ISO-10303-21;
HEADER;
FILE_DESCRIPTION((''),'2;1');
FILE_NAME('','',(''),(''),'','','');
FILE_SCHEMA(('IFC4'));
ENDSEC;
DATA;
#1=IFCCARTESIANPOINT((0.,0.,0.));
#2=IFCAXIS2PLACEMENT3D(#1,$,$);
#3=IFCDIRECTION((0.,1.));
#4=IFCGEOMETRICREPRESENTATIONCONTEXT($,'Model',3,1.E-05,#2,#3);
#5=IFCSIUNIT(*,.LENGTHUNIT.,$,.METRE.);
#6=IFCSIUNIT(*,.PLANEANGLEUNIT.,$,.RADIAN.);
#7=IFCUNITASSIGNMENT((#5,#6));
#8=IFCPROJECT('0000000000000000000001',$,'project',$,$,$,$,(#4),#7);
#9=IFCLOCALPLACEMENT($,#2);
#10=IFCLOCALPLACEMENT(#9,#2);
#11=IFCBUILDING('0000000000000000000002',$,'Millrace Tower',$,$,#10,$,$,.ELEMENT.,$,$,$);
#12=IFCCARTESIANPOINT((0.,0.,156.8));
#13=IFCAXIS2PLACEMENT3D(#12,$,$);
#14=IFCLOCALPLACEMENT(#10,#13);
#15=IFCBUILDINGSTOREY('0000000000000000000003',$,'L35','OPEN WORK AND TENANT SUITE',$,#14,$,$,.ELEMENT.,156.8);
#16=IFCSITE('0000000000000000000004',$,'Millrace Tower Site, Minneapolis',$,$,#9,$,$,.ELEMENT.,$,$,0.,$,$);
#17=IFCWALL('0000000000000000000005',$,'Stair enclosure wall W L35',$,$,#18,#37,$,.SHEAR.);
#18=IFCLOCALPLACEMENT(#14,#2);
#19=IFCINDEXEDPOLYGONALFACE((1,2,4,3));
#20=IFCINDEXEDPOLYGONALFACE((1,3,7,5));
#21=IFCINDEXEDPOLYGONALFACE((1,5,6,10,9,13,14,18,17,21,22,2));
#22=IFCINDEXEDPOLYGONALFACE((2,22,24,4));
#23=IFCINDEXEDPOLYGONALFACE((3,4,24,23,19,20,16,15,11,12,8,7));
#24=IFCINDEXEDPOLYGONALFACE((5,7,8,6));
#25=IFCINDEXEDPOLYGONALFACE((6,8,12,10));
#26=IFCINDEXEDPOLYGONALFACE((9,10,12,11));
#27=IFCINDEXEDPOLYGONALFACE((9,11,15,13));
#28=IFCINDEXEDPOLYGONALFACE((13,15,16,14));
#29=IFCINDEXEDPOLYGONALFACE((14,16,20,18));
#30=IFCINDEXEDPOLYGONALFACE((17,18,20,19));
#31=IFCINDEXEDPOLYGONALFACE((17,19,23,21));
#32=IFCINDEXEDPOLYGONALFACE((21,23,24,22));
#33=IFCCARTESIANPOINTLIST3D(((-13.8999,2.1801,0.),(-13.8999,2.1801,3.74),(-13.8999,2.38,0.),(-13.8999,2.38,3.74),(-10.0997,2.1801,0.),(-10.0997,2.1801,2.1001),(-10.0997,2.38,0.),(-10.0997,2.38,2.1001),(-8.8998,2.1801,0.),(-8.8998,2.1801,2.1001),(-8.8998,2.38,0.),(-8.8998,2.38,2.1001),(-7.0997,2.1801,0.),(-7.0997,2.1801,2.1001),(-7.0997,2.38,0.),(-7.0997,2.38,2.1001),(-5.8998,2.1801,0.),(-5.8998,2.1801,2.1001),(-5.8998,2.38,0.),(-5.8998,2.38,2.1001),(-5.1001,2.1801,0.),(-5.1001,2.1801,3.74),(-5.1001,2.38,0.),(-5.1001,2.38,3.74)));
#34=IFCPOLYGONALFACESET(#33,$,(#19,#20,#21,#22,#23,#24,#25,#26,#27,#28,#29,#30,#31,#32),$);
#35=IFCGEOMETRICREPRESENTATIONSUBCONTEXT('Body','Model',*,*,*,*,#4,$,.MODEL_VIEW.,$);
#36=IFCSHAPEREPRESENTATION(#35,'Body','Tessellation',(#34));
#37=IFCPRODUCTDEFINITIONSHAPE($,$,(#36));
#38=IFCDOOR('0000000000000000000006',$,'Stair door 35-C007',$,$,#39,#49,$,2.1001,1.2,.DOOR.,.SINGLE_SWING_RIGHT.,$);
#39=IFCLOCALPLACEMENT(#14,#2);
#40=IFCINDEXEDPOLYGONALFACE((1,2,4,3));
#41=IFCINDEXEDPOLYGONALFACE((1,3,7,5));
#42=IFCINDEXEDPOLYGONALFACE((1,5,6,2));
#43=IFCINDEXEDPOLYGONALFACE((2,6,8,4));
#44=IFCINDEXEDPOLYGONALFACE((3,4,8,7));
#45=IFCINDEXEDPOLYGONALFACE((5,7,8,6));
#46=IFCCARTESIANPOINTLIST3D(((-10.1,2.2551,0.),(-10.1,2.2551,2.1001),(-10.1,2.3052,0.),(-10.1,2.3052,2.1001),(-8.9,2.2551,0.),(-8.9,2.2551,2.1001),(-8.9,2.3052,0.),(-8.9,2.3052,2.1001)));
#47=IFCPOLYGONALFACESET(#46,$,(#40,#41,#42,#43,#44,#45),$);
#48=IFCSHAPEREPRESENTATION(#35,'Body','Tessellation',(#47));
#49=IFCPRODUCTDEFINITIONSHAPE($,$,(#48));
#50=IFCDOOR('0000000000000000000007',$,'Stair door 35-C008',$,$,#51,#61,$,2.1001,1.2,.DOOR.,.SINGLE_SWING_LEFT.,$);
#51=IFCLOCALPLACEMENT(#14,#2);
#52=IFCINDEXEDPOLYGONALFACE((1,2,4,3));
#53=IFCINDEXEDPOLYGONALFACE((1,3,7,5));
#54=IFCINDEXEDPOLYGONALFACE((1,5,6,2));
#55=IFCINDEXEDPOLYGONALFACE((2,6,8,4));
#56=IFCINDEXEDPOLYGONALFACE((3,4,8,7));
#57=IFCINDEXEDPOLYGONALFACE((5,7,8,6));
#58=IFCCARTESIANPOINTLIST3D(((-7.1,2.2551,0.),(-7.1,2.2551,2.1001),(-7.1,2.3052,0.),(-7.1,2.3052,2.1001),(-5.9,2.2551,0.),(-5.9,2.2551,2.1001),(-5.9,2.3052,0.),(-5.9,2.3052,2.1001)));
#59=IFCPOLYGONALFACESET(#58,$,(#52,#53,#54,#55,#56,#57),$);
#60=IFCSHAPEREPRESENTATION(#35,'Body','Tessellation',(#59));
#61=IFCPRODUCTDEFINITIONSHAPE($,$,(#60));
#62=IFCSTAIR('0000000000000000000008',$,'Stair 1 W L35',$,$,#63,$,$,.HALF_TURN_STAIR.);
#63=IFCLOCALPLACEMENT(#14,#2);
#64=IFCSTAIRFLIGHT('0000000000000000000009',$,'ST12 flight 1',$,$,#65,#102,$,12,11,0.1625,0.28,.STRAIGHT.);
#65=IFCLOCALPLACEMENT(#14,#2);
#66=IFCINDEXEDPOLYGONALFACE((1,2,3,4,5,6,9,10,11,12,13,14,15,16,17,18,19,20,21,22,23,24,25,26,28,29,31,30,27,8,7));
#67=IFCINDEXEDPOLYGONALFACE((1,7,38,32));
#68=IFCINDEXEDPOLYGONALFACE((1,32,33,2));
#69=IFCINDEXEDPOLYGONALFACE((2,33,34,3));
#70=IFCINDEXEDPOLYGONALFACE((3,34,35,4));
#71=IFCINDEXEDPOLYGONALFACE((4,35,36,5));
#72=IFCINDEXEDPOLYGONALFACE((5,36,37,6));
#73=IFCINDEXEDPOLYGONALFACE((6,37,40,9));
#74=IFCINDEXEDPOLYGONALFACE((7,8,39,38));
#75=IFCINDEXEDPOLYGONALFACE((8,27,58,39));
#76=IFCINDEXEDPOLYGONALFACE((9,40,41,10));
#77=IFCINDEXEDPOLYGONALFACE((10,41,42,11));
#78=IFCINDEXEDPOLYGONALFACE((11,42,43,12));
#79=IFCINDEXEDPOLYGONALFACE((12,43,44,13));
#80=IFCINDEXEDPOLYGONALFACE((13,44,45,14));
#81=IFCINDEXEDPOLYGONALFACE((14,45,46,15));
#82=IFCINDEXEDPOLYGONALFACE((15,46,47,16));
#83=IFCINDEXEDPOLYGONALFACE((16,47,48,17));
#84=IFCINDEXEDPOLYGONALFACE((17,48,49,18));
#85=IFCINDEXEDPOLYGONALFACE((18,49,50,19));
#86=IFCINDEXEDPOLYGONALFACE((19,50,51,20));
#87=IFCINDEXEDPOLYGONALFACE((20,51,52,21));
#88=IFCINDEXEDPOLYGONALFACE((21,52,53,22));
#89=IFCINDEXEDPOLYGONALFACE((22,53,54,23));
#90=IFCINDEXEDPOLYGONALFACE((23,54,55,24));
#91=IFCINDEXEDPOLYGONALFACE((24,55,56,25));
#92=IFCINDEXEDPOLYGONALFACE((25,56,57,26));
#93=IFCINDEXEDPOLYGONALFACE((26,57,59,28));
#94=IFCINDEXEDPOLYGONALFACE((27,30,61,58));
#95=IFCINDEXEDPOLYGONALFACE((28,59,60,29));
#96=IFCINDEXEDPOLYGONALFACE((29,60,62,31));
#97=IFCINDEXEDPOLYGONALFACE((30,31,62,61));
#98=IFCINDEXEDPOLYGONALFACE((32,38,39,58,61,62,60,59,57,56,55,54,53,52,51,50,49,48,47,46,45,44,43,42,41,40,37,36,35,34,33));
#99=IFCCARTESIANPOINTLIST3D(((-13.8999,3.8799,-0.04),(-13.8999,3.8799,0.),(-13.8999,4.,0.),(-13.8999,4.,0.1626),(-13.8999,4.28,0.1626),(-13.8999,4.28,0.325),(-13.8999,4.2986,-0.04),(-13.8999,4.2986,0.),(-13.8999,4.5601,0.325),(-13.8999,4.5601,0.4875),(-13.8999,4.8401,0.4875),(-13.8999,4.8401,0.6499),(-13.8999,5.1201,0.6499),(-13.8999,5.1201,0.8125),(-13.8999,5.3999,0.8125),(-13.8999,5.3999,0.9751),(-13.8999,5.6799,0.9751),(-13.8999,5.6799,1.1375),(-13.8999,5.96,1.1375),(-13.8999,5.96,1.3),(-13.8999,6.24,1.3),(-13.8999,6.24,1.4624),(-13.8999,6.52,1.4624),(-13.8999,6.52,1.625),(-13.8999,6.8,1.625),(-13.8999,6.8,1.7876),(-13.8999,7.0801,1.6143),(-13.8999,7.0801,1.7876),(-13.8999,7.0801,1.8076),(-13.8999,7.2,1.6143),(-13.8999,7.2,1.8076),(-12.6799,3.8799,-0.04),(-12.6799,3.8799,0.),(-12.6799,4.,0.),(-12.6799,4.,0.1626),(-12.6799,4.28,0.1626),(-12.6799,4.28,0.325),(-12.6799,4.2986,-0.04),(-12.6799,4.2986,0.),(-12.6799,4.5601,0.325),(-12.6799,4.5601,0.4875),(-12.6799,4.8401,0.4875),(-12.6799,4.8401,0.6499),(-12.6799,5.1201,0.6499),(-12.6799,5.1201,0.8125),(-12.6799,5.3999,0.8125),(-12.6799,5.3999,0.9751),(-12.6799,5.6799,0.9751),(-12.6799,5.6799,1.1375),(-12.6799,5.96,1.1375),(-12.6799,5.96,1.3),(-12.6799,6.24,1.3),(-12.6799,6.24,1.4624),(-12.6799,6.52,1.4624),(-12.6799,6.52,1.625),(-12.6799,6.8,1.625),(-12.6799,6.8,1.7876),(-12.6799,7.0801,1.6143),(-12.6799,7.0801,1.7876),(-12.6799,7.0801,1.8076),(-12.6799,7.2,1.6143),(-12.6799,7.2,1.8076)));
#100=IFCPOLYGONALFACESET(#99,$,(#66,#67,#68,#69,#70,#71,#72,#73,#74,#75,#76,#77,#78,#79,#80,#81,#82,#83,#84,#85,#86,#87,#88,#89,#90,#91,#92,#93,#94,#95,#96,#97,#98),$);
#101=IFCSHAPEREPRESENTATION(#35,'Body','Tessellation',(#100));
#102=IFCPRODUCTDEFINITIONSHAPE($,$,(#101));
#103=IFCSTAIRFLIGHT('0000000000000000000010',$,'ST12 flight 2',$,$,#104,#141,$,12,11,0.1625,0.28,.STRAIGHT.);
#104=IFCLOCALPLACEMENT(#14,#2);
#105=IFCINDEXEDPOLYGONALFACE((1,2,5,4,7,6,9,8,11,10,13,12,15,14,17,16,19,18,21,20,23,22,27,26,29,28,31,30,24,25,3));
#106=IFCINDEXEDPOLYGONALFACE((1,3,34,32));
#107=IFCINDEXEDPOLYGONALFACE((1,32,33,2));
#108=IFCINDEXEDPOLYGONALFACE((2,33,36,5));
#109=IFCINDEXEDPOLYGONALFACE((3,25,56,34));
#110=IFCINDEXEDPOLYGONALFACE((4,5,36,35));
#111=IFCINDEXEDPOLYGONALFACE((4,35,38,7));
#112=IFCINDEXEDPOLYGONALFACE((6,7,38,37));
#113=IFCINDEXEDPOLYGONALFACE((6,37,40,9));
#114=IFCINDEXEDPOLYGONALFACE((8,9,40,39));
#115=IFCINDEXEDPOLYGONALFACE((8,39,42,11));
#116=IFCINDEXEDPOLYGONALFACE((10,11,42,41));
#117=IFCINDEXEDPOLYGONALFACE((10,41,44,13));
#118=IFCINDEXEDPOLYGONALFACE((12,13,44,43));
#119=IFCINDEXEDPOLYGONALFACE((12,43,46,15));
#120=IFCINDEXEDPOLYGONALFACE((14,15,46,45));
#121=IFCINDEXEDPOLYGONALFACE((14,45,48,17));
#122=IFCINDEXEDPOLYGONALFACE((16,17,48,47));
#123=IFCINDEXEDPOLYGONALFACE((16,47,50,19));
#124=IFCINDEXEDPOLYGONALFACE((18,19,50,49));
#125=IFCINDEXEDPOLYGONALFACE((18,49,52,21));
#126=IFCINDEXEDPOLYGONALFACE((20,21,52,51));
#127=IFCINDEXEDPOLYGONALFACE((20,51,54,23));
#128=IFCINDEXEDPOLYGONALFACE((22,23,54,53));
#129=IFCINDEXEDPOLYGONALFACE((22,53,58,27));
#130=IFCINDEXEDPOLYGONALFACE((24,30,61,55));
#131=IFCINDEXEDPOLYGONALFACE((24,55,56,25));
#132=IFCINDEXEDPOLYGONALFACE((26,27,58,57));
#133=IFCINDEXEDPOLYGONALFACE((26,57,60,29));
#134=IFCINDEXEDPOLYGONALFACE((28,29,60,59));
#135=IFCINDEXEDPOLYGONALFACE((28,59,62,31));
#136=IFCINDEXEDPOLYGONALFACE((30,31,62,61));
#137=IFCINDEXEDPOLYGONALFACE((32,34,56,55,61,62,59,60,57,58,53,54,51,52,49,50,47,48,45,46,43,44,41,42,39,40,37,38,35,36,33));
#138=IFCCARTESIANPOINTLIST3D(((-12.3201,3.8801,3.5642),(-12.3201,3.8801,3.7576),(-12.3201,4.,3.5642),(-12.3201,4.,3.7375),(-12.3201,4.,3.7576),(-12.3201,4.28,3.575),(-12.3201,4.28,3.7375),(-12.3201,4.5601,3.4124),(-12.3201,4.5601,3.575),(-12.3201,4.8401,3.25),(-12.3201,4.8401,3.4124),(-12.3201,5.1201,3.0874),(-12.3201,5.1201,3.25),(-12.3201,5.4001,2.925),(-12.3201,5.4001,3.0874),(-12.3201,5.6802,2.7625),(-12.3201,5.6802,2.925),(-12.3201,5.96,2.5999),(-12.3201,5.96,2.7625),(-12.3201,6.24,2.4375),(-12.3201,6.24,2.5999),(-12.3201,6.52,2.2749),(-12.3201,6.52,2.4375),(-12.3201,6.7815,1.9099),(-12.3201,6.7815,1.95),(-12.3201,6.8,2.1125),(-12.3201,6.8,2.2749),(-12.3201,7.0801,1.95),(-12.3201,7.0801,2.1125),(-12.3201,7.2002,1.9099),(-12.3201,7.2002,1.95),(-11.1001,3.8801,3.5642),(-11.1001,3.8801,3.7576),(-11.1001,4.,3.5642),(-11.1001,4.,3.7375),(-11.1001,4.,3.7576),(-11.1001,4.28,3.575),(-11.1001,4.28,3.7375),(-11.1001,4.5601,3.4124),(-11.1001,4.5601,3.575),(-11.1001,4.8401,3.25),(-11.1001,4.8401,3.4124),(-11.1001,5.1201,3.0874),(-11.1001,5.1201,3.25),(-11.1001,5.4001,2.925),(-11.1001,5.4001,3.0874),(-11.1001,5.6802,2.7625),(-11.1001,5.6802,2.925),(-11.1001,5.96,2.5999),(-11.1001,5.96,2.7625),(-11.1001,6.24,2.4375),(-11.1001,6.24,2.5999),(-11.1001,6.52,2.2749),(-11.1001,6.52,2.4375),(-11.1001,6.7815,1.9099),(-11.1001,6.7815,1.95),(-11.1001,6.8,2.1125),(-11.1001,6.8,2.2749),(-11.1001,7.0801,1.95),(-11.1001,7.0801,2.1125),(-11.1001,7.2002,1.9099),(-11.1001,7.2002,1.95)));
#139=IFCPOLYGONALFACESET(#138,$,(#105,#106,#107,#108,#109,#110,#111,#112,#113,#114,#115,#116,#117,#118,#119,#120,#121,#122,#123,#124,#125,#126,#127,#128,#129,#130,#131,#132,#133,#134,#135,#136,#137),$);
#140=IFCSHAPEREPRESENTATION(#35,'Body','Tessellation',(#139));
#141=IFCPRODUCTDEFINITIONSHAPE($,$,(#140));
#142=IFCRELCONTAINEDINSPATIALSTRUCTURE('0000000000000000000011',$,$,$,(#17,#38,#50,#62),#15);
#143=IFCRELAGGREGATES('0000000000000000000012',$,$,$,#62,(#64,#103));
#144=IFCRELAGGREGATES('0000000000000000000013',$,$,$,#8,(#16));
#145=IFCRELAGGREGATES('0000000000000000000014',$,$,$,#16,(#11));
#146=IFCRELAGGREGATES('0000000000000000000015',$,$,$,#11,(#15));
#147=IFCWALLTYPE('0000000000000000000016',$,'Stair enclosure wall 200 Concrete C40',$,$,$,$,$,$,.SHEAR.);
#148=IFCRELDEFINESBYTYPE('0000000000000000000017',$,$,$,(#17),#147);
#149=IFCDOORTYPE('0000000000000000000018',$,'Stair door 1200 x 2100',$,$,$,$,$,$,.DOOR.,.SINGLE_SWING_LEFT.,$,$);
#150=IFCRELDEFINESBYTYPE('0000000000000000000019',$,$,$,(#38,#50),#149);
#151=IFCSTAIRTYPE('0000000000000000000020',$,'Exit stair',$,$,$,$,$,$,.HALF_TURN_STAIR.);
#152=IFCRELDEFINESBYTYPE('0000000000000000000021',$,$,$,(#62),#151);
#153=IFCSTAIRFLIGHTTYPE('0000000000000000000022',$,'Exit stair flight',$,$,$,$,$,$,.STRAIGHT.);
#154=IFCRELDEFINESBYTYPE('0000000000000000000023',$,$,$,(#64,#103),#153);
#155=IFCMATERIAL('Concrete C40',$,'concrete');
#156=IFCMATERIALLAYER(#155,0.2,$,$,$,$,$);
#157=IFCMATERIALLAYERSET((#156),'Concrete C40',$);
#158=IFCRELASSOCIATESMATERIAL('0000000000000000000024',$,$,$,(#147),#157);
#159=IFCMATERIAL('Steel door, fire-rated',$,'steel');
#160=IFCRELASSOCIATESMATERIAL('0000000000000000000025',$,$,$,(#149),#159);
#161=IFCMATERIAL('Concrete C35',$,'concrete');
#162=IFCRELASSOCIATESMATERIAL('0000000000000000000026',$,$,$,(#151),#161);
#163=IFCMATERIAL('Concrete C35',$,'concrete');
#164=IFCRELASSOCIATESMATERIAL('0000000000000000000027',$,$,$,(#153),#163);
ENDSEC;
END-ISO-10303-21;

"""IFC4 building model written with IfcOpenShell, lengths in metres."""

from ifc_helpers import new_model, si_unit, direction, frame, frame_2d, origin, place, context, subcontext, project, spatial, polyline, rectangle, outline, extrude, material, layer, layer_set, type_object, element, fill, aggregate, save


model = new_model("IFC4")

# Units and contexts
model_context = context("Model", 3, precision=1e-05, world=origin(), true_north=direction((0.0, 1.0)))
body_context = subcontext(model_context, "Body", "Model", "MODEL_VIEW")
ifc_project = project(units=[si_unit("LENGTHUNIT", "METRE"), si_unit("PLANEANGLEUNIT", "RADIAN")], contexts=[model_context])

# Site, building, storey
site_placement = place(None, origin())
site = spatial("IfcSite", under=ifc_project, at=site_placement, Name="Millrace Tower Site, Minneapolis", CompositionType="ELEMENT", RefElevation=0.0)
building_placement = place(site_placement, origin())
building = spatial("IfcBuilding", under=site, at=building_placement, Name="Millrace Tower", CompositionType="ELEMENT")
storey_placement = place(building_placement, frame((0.0, 0.0, 156.8)))
storey = spatial("IfcBuildingStorey", under=building, at=storey_placement, Name="L35", Description="OPEN WORK AND TENANT SUITE", CompositionType="ELEMENT", Elevation=156.8)

# Shared definitions
placement = place(storey_placement, origin())

# Shared definitions
ifc_material_1 = material(Name="Concrete C40", Category="concrete")
ifc_layer_1 = layer(ifc_material_1, 0.2)
ifc_layer_set_1 = layer_set([ifc_layer_1], Name="Concrete C40")
wall_type_1 = type_object("IfcWallType", Name="Stair enclosure wall 200 Concrete C40", PredefinedType="SHEAR", material=ifc_layer_set_1)

# Wall, openings, doors
wall_1_placement = place(storey_placement, frame((-13.8999, 2.28, 0.0), z_axis=(0.0, 0.0, 1.0), x_axis=(1.0, 0.0, 0.0)))
wall_1 = element("IfcWall", 1, at=wall_1_placement, inside=storey, type_object=wall_type_1, Name="Stair enclosure wall W L35", PredefinedType="SHEAR", context=body_context, shape_type="SweptSolid", body=[
    extrude(rectangle(XDim=8.7998, YDim=0.2, at=frame_2d((4.3999, 0.0))), origin(), (0.0, 0.0, 1.0), 3.74),
])
opening_1_placement = place(wall_1_placement, frame((3.8, 0.0, 0.0)))
opening_1 = element("IfcOpeningElement", 2, at=opening_1_placement, cuts=wall_1, PredefinedType="OPENING", context=body_context, shape_type="SweptSolid", body=[
    extrude(rectangle(XDim=1.2, YDim=2.1001, at=frame_2d((0.6001, 1.05))), frame((0.0, 0.1099, 0.0), z_axis=(0.0, -1.0, 0.0), x_axis=(1.0, 0.0, 0.0)), (0.0, 0.0, 1.0), 0.22),
])
opening_2_placement = place(wall_1_placement, frame((6.8, 0.0, 0.0)))
opening_2 = element("IfcOpeningElement", 3, at=opening_2_placement, cuts=wall_1, PredefinedType="OPENING", context=body_context, shape_type="SweptSolid", body=[
    extrude(rectangle(XDim=1.2, YDim=2.1001, at=frame_2d((0.6001, 1.05))), frame((0.0, 0.1099, 0.0), z_axis=(0.0, -1.0, 0.0), x_axis=(1.0, 0.0, 0.0)), (0.0, 0.0, 1.0), 0.22),
])
ifc_material_2 = material(Name="Steel door, fire-rated", Category="steel")
door_type_1 = type_object("IfcDoorType", Name="Stair door 1200 x 2100", OperationType="SINGLE_SWING_LEFT", PredefinedType="DOOR", material=ifc_material_2)
door_1_placement = place(opening_1_placement, frame((1.2, 0.0, 0.0), z_axis=(0.0, 0.0, 1.0), x_axis=(-1.0, 0.0, 0.0)))
door_1 = element("IfcDoor", 4, at=door_1_placement, inside=storey, type_object=door_type_1, Name="Stair door 35-C007", OperationType="SINGLE_SWING_RIGHT", OverallHeight=2.1001, OverallWidth=1.2, PredefinedType="DOOR", context=body_context, shape_type="SweptSolid", body=[
    extrude(rectangle(XDim=1.2, YDim=2.1001, at=frame_2d((0.6001, 1.05))), frame((0.0, 0.0249, 0.0), z_axis=(0.0, -1.0, 0.0), x_axis=(1.0, 0.0, 0.0)), (0.0, 0.0, 1.0), 0.05),
])
fill(opening_1, door_1)
door_2_placement = place(opening_2_placement, frame((1.2, 0.0, 0.0), z_axis=(0.0, 0.0, 1.0), x_axis=(-1.0, 0.0, 0.0)))
door_2 = element("IfcDoor", 5, at=door_2_placement, inside=storey, type_object=door_type_1, Name="Stair door 35-C008", OperationType="SINGLE_SWING_LEFT", OverallHeight=2.1001, OverallWidth=1.2, PredefinedType="DOOR", context=body_context, shape_type="SweptSolid", body=[
    extrude(rectangle(XDim=1.2, YDim=2.1001, at=frame_2d((0.6001, 1.05))), frame((0.0, 0.0249, 0.0), z_axis=(0.0, -1.0, 0.0), x_axis=(1.0, 0.0, 0.0)), (0.0, 0.0, 1.0), 0.05),
])
fill(opening_2, door_2)

# Stair, stair flights
ifc_material_3 = material(Name="Concrete C35", Category="concrete")
stair_type = type_object("IfcStairType", Name="Exit stair", PredefinedType="HALF_TURN_STAIR", material=ifc_material_3)
stair = element("IfcStair", 6, at=placement, inside=storey, type_object=stair_type, Name="Stair 1 W L35", PredefinedType="HALF_TURN_STAIR")
ifc_material_4 = material(Name="Concrete C35", Category="concrete")
stair_flight_type = type_object("IfcStairFlightType", Name="Exit stair flight", PredefinedType="STRAIGHT", material=ifc_material_4)
stair_flight_1_placement = place(storey_placement, frame((-13.29, 4.0, 0.0), z_axis=(0.0, 0.0, 1.0), x_axis=(0.0, 1.0, 0.0)))
stair_flight_1 = element("IfcStairFlight", 7, at=stair_flight_1_placement, type_object=stair_flight_type, Name="ST12 flight 1", NumberOfRisers=12, NumberOfTreads=11, PredefinedType="STRAIGHT", RiserHeight=0.1625, TreadLength=0.28, context=body_context, shape_type="SweptSolid", body=[
    extrude(outline(polyline([(-0.1201, -0.04), (-0.1201, 0.0), (0.0, 0.0), (0.0, 0.1626), (0.28, 0.1626), (0.28, 0.325), (0.5601, 0.325), (0.5601, 0.4875), (0.8401, 0.4875), (0.8401, 0.6499), (1.1201, 0.6499), (1.1201, 0.8125), (1.3999, 0.8125), (1.3999, 0.9751), (1.6799, 0.9751), (1.6799, 1.1375), (1.96, 1.1375), (1.96, 1.3), (2.24, 1.3), (2.24, 1.4624), (2.52, 1.4624), (2.52, 1.625), (2.8, 1.625), (2.8, 1.7876), (3.0801, 1.7876), (3.0801, 1.8076), (3.2, 1.8076), (3.2, 1.6143), (3.0801, 1.6143), (0.2986, 0.0), (0.2986, -0.04), (-0.1201, -0.04)])), frame((0.0, 0.6099, 0.0), z_axis=(0.0, -1.0, 0.0), x_axis=(1.0, 0.0, 0.0)), (0.0, 0.0, 1.0), 1.22),
])
stair_flight_2_placement = place(storey_placement, frame((-11.71, 7.0801, 1.95), z_axis=(0.0, 0.0, 1.0), x_axis=(0.0, -1.0, 0.0)))
stair_flight_2 = element("IfcStairFlight", 8, at=stair_flight_2_placement, type_object=stair_flight_type, Name="ST12 flight 2", NumberOfRisers=12, NumberOfTreads=11, PredefinedType="STRAIGHT", RiserHeight=0.1625, TreadLength=0.28, context=body_context, shape_type="SweptSolid", body=[
    extrude(outline(polyline([(-0.1201, -0.04), (-0.1201, 0.0), (0.0, 0.0), (0.0, 0.1626), (0.28, 0.1626), (0.28, 0.325), (0.5601, 0.325), (0.5601, 0.4875), (0.8401, 0.4875), (0.8401, 0.6499), (1.1201, 0.6499), (1.1201, 0.8125), (1.3999, 0.8125), (1.3999, 0.9751), (1.6799, 0.9751), (1.6799, 1.1375), (1.96, 1.1375), (1.96, 1.3), (2.24, 1.3), (2.24, 1.4624), (2.52, 1.4624), (2.52, 1.625), (2.8, 1.625), (2.8, 1.7876), (3.0801, 1.7876), (3.0801, 1.8076), (3.2, 1.8076), (3.2, 1.6143), (3.0801, 1.6143), (0.2986, 0.0), (0.2986, -0.04), (-0.1201, -0.04)])), frame((0.0, 0.6099, 0.0), z_axis=(0.0, -1.0, 0.0), x_axis=(1.0, 0.0, 0.0)), (0.0, 0.0, 1.0), 1.22),
])
aggregate(stair, [stair_flight_1, stair_flight_2])

save(model, "model.ifc")
